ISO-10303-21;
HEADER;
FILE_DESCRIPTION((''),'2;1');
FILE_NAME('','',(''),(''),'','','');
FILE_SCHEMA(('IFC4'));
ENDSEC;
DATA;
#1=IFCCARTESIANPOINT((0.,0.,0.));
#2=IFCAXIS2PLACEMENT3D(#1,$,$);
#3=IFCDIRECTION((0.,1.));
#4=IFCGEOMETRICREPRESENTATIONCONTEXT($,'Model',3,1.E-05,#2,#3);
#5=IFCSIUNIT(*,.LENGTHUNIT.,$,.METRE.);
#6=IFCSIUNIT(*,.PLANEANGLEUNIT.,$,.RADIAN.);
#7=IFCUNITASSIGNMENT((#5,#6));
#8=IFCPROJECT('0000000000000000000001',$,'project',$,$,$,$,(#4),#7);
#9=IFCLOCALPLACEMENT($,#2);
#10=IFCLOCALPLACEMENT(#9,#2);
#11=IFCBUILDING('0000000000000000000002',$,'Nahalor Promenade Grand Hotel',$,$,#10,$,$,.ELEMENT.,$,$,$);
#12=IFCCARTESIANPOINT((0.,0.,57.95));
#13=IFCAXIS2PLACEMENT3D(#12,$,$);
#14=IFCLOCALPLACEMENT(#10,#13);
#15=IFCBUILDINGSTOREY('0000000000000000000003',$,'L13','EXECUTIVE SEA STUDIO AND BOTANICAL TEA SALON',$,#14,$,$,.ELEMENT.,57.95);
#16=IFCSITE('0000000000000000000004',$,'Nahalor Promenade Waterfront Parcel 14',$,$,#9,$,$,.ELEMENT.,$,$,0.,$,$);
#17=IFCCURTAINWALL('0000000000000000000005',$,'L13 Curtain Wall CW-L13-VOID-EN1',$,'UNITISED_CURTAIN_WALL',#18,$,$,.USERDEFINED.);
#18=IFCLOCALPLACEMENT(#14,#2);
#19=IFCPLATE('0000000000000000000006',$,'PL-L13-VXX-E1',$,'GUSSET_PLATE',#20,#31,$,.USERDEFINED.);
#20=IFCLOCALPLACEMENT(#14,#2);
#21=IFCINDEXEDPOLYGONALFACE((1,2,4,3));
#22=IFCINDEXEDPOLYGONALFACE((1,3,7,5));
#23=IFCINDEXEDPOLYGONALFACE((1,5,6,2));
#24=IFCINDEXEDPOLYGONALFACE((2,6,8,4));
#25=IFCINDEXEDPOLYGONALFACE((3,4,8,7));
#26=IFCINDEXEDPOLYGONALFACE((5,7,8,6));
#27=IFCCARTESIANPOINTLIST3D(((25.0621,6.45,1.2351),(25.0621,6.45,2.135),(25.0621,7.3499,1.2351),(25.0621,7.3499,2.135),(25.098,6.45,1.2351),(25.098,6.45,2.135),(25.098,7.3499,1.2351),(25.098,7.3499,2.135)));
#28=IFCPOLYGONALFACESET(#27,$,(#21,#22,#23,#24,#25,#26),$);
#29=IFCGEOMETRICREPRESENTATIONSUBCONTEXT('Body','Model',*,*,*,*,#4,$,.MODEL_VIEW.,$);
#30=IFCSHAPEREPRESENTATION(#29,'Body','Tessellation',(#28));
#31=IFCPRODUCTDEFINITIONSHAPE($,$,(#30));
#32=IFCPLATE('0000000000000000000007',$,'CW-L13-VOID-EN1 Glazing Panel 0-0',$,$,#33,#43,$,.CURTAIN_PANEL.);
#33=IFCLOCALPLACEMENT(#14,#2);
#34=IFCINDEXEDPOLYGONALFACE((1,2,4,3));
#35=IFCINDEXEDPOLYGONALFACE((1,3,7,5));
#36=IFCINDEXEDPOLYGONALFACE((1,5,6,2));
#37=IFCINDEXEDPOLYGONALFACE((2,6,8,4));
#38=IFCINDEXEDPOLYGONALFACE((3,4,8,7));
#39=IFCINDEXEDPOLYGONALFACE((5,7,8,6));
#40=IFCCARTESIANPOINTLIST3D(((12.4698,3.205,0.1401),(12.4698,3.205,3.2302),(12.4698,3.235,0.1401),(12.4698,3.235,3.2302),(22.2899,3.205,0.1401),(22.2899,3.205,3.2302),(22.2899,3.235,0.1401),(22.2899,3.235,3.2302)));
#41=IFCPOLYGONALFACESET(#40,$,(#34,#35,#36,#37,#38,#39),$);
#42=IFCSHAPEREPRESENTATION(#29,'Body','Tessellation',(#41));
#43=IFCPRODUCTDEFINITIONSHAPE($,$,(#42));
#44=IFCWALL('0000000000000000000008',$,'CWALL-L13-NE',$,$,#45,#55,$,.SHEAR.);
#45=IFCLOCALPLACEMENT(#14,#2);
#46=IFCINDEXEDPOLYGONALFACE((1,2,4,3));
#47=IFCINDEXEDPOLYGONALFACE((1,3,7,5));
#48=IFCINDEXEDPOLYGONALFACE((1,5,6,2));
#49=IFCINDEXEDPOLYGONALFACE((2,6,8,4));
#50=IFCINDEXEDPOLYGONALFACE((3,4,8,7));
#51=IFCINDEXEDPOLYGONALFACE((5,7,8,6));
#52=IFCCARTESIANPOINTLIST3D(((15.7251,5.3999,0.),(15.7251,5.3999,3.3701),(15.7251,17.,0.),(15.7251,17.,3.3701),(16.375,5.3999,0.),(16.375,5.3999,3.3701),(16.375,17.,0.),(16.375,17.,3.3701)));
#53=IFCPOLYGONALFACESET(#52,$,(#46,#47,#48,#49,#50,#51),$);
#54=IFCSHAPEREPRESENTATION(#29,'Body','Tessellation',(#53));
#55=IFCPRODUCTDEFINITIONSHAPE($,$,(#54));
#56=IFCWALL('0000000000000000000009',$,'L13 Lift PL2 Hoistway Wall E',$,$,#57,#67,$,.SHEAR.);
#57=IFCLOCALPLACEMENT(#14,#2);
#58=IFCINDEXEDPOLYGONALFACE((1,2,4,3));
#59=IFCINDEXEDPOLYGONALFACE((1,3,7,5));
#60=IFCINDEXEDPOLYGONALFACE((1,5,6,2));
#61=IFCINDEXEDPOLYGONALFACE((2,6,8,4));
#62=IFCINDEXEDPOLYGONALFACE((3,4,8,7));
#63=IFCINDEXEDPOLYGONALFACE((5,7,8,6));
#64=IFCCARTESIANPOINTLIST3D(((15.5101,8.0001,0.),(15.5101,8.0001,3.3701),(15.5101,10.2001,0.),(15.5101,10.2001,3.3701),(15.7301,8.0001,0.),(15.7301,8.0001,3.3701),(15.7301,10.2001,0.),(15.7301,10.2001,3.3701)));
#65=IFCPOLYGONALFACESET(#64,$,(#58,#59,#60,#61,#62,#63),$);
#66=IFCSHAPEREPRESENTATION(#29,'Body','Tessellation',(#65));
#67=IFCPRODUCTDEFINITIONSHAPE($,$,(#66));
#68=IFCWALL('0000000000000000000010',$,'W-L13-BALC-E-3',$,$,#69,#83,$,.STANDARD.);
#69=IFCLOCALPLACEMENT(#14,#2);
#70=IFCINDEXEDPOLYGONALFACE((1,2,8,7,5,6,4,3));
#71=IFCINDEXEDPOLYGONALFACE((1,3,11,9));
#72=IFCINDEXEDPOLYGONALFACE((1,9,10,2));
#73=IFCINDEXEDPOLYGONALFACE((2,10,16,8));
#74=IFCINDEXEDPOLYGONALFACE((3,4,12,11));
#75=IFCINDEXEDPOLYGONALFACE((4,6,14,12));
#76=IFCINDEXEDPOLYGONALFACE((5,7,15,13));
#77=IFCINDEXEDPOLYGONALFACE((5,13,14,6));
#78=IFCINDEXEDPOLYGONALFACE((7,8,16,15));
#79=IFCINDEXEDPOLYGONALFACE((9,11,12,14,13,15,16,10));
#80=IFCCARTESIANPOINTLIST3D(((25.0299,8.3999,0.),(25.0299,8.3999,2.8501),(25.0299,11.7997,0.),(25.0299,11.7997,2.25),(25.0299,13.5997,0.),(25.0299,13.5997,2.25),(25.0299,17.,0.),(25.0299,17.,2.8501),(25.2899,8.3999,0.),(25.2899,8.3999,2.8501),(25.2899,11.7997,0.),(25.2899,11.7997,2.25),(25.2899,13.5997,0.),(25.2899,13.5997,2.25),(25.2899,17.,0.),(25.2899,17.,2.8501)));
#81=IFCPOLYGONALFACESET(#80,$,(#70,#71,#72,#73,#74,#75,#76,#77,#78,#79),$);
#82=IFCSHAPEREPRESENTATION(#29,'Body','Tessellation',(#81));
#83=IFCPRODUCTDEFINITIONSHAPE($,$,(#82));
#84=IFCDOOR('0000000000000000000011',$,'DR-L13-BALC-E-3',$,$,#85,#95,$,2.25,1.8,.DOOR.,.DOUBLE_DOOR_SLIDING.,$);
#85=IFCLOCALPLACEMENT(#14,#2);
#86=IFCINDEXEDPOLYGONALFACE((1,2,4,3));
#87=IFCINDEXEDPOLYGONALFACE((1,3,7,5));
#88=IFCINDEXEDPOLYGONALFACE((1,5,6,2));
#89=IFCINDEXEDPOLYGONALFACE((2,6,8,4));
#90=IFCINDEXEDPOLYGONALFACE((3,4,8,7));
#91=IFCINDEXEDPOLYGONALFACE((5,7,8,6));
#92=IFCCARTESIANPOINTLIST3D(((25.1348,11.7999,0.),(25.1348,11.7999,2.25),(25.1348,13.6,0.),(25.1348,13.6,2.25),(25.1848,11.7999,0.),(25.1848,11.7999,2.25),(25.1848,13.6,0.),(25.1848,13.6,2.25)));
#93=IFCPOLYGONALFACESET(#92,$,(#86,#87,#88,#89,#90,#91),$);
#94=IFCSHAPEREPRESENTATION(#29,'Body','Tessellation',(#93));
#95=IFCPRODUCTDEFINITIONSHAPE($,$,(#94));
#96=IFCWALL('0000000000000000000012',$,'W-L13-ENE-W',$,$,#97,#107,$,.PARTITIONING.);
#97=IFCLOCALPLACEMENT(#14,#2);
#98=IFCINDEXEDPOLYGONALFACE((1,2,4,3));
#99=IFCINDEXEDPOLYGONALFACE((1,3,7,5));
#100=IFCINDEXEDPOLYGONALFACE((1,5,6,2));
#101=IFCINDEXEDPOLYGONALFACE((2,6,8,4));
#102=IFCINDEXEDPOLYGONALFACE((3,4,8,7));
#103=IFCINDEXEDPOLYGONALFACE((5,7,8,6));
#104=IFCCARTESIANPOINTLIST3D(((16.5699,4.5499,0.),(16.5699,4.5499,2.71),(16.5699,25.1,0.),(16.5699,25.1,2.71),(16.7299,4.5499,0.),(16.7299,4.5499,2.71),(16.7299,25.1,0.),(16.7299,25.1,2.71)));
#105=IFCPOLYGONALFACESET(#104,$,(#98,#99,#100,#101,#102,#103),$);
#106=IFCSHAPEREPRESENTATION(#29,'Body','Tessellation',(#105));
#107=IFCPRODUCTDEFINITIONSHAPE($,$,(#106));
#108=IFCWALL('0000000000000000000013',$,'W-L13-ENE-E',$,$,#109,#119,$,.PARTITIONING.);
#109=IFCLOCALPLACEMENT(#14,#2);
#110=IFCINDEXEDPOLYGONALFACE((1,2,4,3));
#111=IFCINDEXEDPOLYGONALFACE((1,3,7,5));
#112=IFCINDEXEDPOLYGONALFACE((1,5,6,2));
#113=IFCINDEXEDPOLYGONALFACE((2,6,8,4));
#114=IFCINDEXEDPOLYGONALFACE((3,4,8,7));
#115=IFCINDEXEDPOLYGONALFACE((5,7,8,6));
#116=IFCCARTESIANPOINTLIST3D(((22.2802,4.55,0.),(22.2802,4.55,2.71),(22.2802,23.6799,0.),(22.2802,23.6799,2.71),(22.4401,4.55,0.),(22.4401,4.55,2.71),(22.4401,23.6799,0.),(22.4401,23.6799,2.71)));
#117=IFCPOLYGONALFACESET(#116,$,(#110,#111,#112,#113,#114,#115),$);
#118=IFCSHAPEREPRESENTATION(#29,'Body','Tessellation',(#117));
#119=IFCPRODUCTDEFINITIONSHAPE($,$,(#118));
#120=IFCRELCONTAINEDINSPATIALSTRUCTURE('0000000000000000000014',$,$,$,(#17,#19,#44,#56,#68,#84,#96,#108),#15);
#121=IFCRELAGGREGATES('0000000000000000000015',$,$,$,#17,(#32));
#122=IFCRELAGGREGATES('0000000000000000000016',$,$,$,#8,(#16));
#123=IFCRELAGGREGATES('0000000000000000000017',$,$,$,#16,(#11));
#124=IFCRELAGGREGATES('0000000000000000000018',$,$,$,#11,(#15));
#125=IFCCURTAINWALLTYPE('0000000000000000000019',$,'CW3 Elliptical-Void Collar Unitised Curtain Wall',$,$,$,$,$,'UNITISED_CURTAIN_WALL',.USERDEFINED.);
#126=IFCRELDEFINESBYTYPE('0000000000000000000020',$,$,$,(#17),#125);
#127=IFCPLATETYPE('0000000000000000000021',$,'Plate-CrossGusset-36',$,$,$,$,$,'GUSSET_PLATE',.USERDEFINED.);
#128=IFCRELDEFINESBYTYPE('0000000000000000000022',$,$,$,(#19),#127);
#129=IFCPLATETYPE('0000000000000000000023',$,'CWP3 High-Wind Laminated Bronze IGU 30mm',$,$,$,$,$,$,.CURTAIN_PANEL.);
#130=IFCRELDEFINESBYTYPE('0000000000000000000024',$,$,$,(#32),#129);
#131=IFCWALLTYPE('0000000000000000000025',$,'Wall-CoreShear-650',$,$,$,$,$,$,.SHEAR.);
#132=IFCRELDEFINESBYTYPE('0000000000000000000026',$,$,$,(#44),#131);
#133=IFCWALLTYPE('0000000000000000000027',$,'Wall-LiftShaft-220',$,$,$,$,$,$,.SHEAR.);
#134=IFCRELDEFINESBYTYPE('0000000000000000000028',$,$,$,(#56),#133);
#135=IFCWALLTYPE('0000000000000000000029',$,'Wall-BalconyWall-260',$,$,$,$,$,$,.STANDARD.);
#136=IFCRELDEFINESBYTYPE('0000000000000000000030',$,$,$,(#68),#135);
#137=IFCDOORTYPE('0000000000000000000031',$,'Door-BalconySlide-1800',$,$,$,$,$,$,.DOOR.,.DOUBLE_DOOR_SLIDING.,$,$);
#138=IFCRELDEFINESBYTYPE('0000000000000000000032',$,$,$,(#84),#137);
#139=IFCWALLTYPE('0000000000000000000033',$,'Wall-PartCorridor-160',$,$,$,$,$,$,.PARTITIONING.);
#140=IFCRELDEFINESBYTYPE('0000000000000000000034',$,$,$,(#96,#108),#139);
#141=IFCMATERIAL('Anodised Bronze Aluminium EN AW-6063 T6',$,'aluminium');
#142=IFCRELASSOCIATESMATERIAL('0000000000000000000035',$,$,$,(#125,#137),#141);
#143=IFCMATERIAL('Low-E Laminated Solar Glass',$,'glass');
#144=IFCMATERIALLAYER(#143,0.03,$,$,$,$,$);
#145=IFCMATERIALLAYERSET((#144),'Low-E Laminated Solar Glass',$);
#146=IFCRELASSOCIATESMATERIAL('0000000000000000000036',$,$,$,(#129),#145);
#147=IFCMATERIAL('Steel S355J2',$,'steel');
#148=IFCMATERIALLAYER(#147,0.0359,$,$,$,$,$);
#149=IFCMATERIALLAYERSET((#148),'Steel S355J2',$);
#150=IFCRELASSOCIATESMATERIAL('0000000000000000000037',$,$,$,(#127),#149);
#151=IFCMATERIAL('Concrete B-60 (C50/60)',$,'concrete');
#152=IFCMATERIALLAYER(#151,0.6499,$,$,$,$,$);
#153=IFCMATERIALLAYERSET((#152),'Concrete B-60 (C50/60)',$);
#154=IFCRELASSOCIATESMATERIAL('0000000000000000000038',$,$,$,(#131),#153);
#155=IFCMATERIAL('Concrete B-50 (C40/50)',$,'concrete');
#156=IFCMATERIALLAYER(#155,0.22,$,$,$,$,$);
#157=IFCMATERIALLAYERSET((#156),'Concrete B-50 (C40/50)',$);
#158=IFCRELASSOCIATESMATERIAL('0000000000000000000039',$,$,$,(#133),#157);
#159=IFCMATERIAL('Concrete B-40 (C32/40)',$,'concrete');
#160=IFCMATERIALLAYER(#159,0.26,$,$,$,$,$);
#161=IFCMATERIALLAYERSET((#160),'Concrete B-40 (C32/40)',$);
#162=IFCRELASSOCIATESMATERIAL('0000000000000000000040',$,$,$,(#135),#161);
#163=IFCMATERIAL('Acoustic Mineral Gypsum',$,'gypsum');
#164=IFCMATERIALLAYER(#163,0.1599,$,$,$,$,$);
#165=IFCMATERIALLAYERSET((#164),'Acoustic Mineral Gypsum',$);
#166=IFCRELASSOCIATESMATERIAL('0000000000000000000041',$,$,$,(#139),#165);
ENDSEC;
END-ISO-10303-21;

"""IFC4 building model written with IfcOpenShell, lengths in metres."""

from ifc_helpers import new_model, si_unit, direction, frame, frame_2d, origin, origin_2d, place, context, subcontext, project, spatial, rectangle, extrude, source, transform, mapped, material, layer, layer_set, type_object, element, fill, aggregate, save


model = new_model("IFC4")

# Units and contexts
model_context = context("Model", 3, precision=1e-05, world=origin(), true_north=direction((0.0, 1.0)))
body_context = subcontext(model_context, "Body", "Model", "MODEL_VIEW")
ifc_project = project(units=[si_unit("LENGTHUNIT", "METRE"), si_unit("PLANEANGLEUNIT", "RADIAN")], contexts=[model_context])

# Site, building, storey
site_placement = place(None, origin())
site = spatial("IfcSite", under=ifc_project, at=site_placement, Name="Nahalor Promenade Waterfront Parcel 14", CompositionType="ELEMENT", RefElevation=0.0)
building_placement = place(site_placement, origin())
building = spatial("IfcBuilding", under=site, at=building_placement, Name="Nahalor Promenade Grand Hotel", CompositionType="ELEMENT")
storey_placement = place(building_placement, frame((0.0, 0.0, 57.95)))
storey = spatial("IfcBuildingStorey", under=building, at=storey_placement, Name="L13", Description="EXECUTIVE SEA STUDIO AND BOTANICAL TEA SALON", CompositionType="ELEMENT", Elevation=57.95)

# Shared definitions
ifc_material_1 = material(Name="Steel S355J2", Category="steel")

# Shared definitions
ifc_material_2 = material(Name="Anodised Bronze Aluminium EN AW-6063 T6", Category="aluminium")
curtain_wall_type = type_object("IfcCurtainWallType", Name="CW3 Elliptical-Void Collar Unitised Curtain Wall", ElementType="UNITISED_CURTAIN_WALL", PredefinedType="USERDEFINED", material=ifc_material_2)

# Curtain wall
curtain_wall_1_placement = place(storey_placement, origin())
curtain_wall_1 = element("IfcCurtainWall", 1, at=curtain_wall_1_placement, inside=storey, type_object=curtain_wall_type, Name="L13 Curtain Wall CW-L13-VOID-EN1", ObjectType="UNITISED_CURTAIN_WALL", PredefinedType="USERDEFINED")

# Plates
ifc_material_3 = material(Name="Low-E Laminated Solar Glass", Category="glass")
ifc_layer_1 = layer(ifc_material_3, 0.03)
ifc_layer_set_1 = layer_set([ifc_layer_1], Name="Low-E Laminated Solar Glass")
plate_type_1 = type_object("IfcPlateType", Name="CWP3 High-Wind Laminated Bronze IGU 30mm", PredefinedType="CURTAIN_PANEL", material=ifc_layer_set_1)
ifc_layer_2 = layer(ifc_material_1, 0.0359)
ifc_layer_set_2 = layer_set([ifc_layer_2], Name="Steel S355J2")
plate_type_2 = type_object("IfcPlateType", Name="Plate-CrossGusset-36", ElementType="GUSSET_PLATE", PredefinedType="USERDEFINED", material=ifc_layer_set_2)
shared_shape_1 = source(origin(), body_context, "Body", "SweptSolid", [
    extrude(rectangle(XDim=0.8999, YDim=0.0359, at=origin_2d()), origin(), (0.0, 0.0, 1.0), 0.8999),
])
plate_1_placement = place(storey_placement, frame((25.0801, 6.8999, 1.2351), z_axis=(0.0, 0.0, 1.0), x_axis=(0.0, 1.0, 0.0)))
element("IfcPlate", 2, at=plate_1_placement, inside=storey, type_object=plate_type_2, Name="PL-L13-VXX-E1", ObjectType="GUSSET_PLATE", PredefinedType="USERDEFINED", context=body_context, shape_type="MappedRepresentation", body=[
    mapped(shared_shape_1, transform((0.0, 0.0, 0.0), scale=1.0)),
])
shared_shape_2 = source(origin(), body_context, "Body", "SweptSolid", [
    extrude(rectangle(XDim=9.8201, YDim=0.03, at=origin_2d()), origin(), (0.0, 0.0, 1.0), 3.0901),
])
plate_2_placement = place(storey_placement, frame((17.3799, 3.22, 0.1401), z_axis=(0.0, 0.0, 1.0), x_axis=(1.0, 0.0, 0.0)))
plate_2 = element("IfcPlate", 3, at=plate_2_placement, type_object=plate_type_1, Name="CW-L13-VOID-EN1 Glazing Panel 0-0", PredefinedType="CURTAIN_PANEL", context=body_context, shape_type="MappedRepresentation", body=[
    mapped(shared_shape_2, transform((0.0, 0.0, 0.0), scale=1.0)),
])
aggregate(curtain_wall_1, [plate_2])

# Walls
ifc_material_4 = material(Name="Concrete B-60 (C50/60)", Category="concrete")
ifc_layer_3 = layer(ifc_material_4, 0.6499)
ifc_layer_set_3 = layer_set([ifc_layer_3], Name="Concrete B-60 (C50/60)")
wall_type_1 = type_object("IfcWallType", Name="Wall-CoreShear-650", PredefinedType="SHEAR", material=ifc_layer_set_3)
shared_shape_3 = source(origin(), body_context, "Body", "SweptSolid", [
    extrude(rectangle(XDim=11.6001, YDim=0.6499, at=frame_2d((5.8, 0.0))), origin(), (0.0, 0.0, 1.0), 3.3701),
])
wall_1_placement = place(storey_placement, frame((16.05, 5.3999, 0.0), z_axis=(0.0, 0.0, 1.0), x_axis=(0.0, 1.0, 0.0)))
element("IfcWall", 4, at=wall_1_placement, inside=storey, type_object=wall_type_1, Name="CWALL-L13-NE", PredefinedType="SHEAR", context=body_context, shape_type="MappedRepresentation", body=[
    mapped(shared_shape_3, transform((0.0, 0.0, 0.0), scale=1.0)),
])
ifc_material_5 = material(Name="Concrete B-50 (C40/50)", Category="concrete")
ifc_layer_4 = layer(ifc_material_5, 0.22)
ifc_layer_set_4 = layer_set([ifc_layer_4], Name="Concrete B-50 (C40/50)")
wall_type_2 = type_object("IfcWallType", Name="Wall-LiftShaft-220", PredefinedType="SHEAR", material=ifc_layer_set_4)
shared_shape_4 = source(origin(), body_context, "Body", "SweptSolid", [
    extrude(rectangle(XDim=2.2, YDim=0.22, at=frame_2d((1.1001, 0.0))), origin(), (0.0, 0.0, 1.0), 3.3701),
])
wall_2_placement = place(storey_placement, frame((15.6201, 8.0, 0.0), z_axis=(0.0, 0.0, 1.0), x_axis=(0.0, 1.0, 0.0)))
element("IfcWall", 5, at=wall_2_placement, inside=storey, type_object=wall_type_2, Name="L13 Lift PL2 Hoistway Wall E", PredefinedType="SHEAR", context=body_context, shape_type="MappedRepresentation", body=[
    mapped(shared_shape_4, transform((0.0, 0.0, 0.0), scale=1.0)),
])

# Wall, opening, door
ifc_material_6 = material(Name="Concrete B-40 (C32/40)", Category="concrete")
ifc_layer_5 = layer(ifc_material_6, 0.26)
ifc_layer_set_5 = layer_set([ifc_layer_5], Name="Concrete B-40 (C32/40)")
wall_type_3 = type_object("IfcWallType", Name="Wall-BalconyWall-260", PredefinedType="STANDARD", material=ifc_layer_set_5)
shared_shape_5 = source(origin(), body_context, "Body", "SweptSolid", [
    extrude(rectangle(XDim=8.6001, YDim=0.26, at=frame_2d((4.3, 0.0))), origin(), (0.0, 0.0, 1.0), 2.8501),
])
wall_3_placement = place(storey_placement, frame((25.1599, 8.3999, 0.0), z_axis=(0.0, 0.0, 1.0), x_axis=(0.0, 1.0, 0.0)))
wall_3 = element("IfcWall", 6, at=wall_3_placement, inside=storey, type_object=wall_type_3, Name="W-L13-BALC-E-3", PredefinedType="STANDARD", context=body_context, shape_type="MappedRepresentation", body=[
    mapped(shared_shape_5, transform((0.0, 0.0, 0.0), scale=1.0)),
])
opening_1_placement = place(wall_3_placement, frame((3.3999, 0.0, 0.0)))
opening_1 = element("IfcOpeningElement", 7, at=opening_1_placement, cuts=wall_3, PredefinedType="OPENING", context=body_context, shape_type="SweptSolid", body=[
    extrude(rectangle(XDim=1.8, YDim=2.25, at=frame_2d((0.8999, 1.125))), frame((0.0, 0.1399, 0.0), z_axis=(0.0, -1.0, 0.0), x_axis=(1.0, 0.0, 0.0)), (0.0, 0.0, 1.0), 0.28),
])
door_type_1 = type_object("IfcDoorType", Name="Door-BalconySlide-1800", OperationType="DOUBLE_DOOR_SLIDING", PredefinedType="DOOR", material=ifc_material_2)
shared_shape_6 = source(origin(), body_context, "Body", "SweptSolid", [
    extrude(rectangle(XDim=1.8, YDim=2.25, at=frame_2d((0.8999, 1.125))), frame((0.0, 0.0249, 0.0), z_axis=(0.0, -1.0, 0.0), x_axis=(1.0, 0.0, 0.0)), (0.0, 0.0, 1.0), 0.05),
])
door_1_placement = place(opening_1_placement, frame((1.8, 0.0, 0.0), z_axis=(0.0, 0.0, 1.0), x_axis=(-1.0, 0.0, 0.0)))
door_1 = element("IfcDoor", 8, at=door_1_placement, inside=storey, type_object=door_type_1, Name="DR-L13-BALC-E-3", OperationType="DOUBLE_DOOR_SLIDING", OverallHeight=2.25, OverallWidth=1.8, PredefinedType="DOOR", context=body_context, shape_type="MappedRepresentation", body=[
    mapped(shared_shape_6, transform((0.0, 0.0, 0.0), scale=1.0)),
])
fill(opening_1, door_1)
ifc_material_7 = material(Name="Acoustic Mineral Gypsum", Category="gypsum")
ifc_layer_6 = layer(ifc_material_7, 0.1599)
ifc_layer_set_6 = layer_set([ifc_layer_6], Name="Acoustic Mineral Gypsum")
wall_type_4 = type_object("IfcWallType", Name="Wall-PartCorridor-160", PredefinedType="PARTITIONING", material=ifc_layer_set_6)

# Walls
shared_shape_7 = source(origin(), body_context, "Body", "SweptSolid", [
    extrude(rectangle(XDim=20.55, YDim=0.1599, at=frame_2d((10.2749, 0.0))), origin(), (0.0, 0.0, 1.0), 2.71),
])
wall_4_placement = place(storey_placement, frame((16.6499, 4.55, 0.0), z_axis=(0.0, 0.0, 1.0), x_axis=(0.0, 1.0, 0.0)))
element("IfcWall", 9, at=wall_4_placement, inside=storey, type_object=wall_type_4, Name="W-L13-ENE-W", PredefinedType="PARTITIONING", context=body_context, shape_type="MappedRepresentation", body=[
    mapped(shared_shape_7, transform((0.0, 0.0, 0.0), scale=1.0)),
])
shared_shape_8 = source(origin(), body_context, "Body", "SweptSolid", [
    extrude(rectangle(XDim=19.1299, YDim=0.1599, at=frame_2d((9.5649, 0.0))), origin(), (0.0, 0.0, 1.0), 2.71),
])
wall_5_placement = place(storey_placement, frame((22.3601, 4.55, 0.0), z_axis=(0.0, 0.0, 1.0), x_axis=(0.0, 1.0, 0.0)))
element("IfcWall", 10, at=wall_5_placement, inside=storey, type_object=wall_type_4, Name="W-L13-ENE-E", PredefinedType="PARTITIONING", context=body_context, shape_type="MappedRepresentation", body=[
    mapped(shared_shape_8, transform((0.0, 0.0, 0.0), scale=1.0)),
])

save(model, "model.ifc")
